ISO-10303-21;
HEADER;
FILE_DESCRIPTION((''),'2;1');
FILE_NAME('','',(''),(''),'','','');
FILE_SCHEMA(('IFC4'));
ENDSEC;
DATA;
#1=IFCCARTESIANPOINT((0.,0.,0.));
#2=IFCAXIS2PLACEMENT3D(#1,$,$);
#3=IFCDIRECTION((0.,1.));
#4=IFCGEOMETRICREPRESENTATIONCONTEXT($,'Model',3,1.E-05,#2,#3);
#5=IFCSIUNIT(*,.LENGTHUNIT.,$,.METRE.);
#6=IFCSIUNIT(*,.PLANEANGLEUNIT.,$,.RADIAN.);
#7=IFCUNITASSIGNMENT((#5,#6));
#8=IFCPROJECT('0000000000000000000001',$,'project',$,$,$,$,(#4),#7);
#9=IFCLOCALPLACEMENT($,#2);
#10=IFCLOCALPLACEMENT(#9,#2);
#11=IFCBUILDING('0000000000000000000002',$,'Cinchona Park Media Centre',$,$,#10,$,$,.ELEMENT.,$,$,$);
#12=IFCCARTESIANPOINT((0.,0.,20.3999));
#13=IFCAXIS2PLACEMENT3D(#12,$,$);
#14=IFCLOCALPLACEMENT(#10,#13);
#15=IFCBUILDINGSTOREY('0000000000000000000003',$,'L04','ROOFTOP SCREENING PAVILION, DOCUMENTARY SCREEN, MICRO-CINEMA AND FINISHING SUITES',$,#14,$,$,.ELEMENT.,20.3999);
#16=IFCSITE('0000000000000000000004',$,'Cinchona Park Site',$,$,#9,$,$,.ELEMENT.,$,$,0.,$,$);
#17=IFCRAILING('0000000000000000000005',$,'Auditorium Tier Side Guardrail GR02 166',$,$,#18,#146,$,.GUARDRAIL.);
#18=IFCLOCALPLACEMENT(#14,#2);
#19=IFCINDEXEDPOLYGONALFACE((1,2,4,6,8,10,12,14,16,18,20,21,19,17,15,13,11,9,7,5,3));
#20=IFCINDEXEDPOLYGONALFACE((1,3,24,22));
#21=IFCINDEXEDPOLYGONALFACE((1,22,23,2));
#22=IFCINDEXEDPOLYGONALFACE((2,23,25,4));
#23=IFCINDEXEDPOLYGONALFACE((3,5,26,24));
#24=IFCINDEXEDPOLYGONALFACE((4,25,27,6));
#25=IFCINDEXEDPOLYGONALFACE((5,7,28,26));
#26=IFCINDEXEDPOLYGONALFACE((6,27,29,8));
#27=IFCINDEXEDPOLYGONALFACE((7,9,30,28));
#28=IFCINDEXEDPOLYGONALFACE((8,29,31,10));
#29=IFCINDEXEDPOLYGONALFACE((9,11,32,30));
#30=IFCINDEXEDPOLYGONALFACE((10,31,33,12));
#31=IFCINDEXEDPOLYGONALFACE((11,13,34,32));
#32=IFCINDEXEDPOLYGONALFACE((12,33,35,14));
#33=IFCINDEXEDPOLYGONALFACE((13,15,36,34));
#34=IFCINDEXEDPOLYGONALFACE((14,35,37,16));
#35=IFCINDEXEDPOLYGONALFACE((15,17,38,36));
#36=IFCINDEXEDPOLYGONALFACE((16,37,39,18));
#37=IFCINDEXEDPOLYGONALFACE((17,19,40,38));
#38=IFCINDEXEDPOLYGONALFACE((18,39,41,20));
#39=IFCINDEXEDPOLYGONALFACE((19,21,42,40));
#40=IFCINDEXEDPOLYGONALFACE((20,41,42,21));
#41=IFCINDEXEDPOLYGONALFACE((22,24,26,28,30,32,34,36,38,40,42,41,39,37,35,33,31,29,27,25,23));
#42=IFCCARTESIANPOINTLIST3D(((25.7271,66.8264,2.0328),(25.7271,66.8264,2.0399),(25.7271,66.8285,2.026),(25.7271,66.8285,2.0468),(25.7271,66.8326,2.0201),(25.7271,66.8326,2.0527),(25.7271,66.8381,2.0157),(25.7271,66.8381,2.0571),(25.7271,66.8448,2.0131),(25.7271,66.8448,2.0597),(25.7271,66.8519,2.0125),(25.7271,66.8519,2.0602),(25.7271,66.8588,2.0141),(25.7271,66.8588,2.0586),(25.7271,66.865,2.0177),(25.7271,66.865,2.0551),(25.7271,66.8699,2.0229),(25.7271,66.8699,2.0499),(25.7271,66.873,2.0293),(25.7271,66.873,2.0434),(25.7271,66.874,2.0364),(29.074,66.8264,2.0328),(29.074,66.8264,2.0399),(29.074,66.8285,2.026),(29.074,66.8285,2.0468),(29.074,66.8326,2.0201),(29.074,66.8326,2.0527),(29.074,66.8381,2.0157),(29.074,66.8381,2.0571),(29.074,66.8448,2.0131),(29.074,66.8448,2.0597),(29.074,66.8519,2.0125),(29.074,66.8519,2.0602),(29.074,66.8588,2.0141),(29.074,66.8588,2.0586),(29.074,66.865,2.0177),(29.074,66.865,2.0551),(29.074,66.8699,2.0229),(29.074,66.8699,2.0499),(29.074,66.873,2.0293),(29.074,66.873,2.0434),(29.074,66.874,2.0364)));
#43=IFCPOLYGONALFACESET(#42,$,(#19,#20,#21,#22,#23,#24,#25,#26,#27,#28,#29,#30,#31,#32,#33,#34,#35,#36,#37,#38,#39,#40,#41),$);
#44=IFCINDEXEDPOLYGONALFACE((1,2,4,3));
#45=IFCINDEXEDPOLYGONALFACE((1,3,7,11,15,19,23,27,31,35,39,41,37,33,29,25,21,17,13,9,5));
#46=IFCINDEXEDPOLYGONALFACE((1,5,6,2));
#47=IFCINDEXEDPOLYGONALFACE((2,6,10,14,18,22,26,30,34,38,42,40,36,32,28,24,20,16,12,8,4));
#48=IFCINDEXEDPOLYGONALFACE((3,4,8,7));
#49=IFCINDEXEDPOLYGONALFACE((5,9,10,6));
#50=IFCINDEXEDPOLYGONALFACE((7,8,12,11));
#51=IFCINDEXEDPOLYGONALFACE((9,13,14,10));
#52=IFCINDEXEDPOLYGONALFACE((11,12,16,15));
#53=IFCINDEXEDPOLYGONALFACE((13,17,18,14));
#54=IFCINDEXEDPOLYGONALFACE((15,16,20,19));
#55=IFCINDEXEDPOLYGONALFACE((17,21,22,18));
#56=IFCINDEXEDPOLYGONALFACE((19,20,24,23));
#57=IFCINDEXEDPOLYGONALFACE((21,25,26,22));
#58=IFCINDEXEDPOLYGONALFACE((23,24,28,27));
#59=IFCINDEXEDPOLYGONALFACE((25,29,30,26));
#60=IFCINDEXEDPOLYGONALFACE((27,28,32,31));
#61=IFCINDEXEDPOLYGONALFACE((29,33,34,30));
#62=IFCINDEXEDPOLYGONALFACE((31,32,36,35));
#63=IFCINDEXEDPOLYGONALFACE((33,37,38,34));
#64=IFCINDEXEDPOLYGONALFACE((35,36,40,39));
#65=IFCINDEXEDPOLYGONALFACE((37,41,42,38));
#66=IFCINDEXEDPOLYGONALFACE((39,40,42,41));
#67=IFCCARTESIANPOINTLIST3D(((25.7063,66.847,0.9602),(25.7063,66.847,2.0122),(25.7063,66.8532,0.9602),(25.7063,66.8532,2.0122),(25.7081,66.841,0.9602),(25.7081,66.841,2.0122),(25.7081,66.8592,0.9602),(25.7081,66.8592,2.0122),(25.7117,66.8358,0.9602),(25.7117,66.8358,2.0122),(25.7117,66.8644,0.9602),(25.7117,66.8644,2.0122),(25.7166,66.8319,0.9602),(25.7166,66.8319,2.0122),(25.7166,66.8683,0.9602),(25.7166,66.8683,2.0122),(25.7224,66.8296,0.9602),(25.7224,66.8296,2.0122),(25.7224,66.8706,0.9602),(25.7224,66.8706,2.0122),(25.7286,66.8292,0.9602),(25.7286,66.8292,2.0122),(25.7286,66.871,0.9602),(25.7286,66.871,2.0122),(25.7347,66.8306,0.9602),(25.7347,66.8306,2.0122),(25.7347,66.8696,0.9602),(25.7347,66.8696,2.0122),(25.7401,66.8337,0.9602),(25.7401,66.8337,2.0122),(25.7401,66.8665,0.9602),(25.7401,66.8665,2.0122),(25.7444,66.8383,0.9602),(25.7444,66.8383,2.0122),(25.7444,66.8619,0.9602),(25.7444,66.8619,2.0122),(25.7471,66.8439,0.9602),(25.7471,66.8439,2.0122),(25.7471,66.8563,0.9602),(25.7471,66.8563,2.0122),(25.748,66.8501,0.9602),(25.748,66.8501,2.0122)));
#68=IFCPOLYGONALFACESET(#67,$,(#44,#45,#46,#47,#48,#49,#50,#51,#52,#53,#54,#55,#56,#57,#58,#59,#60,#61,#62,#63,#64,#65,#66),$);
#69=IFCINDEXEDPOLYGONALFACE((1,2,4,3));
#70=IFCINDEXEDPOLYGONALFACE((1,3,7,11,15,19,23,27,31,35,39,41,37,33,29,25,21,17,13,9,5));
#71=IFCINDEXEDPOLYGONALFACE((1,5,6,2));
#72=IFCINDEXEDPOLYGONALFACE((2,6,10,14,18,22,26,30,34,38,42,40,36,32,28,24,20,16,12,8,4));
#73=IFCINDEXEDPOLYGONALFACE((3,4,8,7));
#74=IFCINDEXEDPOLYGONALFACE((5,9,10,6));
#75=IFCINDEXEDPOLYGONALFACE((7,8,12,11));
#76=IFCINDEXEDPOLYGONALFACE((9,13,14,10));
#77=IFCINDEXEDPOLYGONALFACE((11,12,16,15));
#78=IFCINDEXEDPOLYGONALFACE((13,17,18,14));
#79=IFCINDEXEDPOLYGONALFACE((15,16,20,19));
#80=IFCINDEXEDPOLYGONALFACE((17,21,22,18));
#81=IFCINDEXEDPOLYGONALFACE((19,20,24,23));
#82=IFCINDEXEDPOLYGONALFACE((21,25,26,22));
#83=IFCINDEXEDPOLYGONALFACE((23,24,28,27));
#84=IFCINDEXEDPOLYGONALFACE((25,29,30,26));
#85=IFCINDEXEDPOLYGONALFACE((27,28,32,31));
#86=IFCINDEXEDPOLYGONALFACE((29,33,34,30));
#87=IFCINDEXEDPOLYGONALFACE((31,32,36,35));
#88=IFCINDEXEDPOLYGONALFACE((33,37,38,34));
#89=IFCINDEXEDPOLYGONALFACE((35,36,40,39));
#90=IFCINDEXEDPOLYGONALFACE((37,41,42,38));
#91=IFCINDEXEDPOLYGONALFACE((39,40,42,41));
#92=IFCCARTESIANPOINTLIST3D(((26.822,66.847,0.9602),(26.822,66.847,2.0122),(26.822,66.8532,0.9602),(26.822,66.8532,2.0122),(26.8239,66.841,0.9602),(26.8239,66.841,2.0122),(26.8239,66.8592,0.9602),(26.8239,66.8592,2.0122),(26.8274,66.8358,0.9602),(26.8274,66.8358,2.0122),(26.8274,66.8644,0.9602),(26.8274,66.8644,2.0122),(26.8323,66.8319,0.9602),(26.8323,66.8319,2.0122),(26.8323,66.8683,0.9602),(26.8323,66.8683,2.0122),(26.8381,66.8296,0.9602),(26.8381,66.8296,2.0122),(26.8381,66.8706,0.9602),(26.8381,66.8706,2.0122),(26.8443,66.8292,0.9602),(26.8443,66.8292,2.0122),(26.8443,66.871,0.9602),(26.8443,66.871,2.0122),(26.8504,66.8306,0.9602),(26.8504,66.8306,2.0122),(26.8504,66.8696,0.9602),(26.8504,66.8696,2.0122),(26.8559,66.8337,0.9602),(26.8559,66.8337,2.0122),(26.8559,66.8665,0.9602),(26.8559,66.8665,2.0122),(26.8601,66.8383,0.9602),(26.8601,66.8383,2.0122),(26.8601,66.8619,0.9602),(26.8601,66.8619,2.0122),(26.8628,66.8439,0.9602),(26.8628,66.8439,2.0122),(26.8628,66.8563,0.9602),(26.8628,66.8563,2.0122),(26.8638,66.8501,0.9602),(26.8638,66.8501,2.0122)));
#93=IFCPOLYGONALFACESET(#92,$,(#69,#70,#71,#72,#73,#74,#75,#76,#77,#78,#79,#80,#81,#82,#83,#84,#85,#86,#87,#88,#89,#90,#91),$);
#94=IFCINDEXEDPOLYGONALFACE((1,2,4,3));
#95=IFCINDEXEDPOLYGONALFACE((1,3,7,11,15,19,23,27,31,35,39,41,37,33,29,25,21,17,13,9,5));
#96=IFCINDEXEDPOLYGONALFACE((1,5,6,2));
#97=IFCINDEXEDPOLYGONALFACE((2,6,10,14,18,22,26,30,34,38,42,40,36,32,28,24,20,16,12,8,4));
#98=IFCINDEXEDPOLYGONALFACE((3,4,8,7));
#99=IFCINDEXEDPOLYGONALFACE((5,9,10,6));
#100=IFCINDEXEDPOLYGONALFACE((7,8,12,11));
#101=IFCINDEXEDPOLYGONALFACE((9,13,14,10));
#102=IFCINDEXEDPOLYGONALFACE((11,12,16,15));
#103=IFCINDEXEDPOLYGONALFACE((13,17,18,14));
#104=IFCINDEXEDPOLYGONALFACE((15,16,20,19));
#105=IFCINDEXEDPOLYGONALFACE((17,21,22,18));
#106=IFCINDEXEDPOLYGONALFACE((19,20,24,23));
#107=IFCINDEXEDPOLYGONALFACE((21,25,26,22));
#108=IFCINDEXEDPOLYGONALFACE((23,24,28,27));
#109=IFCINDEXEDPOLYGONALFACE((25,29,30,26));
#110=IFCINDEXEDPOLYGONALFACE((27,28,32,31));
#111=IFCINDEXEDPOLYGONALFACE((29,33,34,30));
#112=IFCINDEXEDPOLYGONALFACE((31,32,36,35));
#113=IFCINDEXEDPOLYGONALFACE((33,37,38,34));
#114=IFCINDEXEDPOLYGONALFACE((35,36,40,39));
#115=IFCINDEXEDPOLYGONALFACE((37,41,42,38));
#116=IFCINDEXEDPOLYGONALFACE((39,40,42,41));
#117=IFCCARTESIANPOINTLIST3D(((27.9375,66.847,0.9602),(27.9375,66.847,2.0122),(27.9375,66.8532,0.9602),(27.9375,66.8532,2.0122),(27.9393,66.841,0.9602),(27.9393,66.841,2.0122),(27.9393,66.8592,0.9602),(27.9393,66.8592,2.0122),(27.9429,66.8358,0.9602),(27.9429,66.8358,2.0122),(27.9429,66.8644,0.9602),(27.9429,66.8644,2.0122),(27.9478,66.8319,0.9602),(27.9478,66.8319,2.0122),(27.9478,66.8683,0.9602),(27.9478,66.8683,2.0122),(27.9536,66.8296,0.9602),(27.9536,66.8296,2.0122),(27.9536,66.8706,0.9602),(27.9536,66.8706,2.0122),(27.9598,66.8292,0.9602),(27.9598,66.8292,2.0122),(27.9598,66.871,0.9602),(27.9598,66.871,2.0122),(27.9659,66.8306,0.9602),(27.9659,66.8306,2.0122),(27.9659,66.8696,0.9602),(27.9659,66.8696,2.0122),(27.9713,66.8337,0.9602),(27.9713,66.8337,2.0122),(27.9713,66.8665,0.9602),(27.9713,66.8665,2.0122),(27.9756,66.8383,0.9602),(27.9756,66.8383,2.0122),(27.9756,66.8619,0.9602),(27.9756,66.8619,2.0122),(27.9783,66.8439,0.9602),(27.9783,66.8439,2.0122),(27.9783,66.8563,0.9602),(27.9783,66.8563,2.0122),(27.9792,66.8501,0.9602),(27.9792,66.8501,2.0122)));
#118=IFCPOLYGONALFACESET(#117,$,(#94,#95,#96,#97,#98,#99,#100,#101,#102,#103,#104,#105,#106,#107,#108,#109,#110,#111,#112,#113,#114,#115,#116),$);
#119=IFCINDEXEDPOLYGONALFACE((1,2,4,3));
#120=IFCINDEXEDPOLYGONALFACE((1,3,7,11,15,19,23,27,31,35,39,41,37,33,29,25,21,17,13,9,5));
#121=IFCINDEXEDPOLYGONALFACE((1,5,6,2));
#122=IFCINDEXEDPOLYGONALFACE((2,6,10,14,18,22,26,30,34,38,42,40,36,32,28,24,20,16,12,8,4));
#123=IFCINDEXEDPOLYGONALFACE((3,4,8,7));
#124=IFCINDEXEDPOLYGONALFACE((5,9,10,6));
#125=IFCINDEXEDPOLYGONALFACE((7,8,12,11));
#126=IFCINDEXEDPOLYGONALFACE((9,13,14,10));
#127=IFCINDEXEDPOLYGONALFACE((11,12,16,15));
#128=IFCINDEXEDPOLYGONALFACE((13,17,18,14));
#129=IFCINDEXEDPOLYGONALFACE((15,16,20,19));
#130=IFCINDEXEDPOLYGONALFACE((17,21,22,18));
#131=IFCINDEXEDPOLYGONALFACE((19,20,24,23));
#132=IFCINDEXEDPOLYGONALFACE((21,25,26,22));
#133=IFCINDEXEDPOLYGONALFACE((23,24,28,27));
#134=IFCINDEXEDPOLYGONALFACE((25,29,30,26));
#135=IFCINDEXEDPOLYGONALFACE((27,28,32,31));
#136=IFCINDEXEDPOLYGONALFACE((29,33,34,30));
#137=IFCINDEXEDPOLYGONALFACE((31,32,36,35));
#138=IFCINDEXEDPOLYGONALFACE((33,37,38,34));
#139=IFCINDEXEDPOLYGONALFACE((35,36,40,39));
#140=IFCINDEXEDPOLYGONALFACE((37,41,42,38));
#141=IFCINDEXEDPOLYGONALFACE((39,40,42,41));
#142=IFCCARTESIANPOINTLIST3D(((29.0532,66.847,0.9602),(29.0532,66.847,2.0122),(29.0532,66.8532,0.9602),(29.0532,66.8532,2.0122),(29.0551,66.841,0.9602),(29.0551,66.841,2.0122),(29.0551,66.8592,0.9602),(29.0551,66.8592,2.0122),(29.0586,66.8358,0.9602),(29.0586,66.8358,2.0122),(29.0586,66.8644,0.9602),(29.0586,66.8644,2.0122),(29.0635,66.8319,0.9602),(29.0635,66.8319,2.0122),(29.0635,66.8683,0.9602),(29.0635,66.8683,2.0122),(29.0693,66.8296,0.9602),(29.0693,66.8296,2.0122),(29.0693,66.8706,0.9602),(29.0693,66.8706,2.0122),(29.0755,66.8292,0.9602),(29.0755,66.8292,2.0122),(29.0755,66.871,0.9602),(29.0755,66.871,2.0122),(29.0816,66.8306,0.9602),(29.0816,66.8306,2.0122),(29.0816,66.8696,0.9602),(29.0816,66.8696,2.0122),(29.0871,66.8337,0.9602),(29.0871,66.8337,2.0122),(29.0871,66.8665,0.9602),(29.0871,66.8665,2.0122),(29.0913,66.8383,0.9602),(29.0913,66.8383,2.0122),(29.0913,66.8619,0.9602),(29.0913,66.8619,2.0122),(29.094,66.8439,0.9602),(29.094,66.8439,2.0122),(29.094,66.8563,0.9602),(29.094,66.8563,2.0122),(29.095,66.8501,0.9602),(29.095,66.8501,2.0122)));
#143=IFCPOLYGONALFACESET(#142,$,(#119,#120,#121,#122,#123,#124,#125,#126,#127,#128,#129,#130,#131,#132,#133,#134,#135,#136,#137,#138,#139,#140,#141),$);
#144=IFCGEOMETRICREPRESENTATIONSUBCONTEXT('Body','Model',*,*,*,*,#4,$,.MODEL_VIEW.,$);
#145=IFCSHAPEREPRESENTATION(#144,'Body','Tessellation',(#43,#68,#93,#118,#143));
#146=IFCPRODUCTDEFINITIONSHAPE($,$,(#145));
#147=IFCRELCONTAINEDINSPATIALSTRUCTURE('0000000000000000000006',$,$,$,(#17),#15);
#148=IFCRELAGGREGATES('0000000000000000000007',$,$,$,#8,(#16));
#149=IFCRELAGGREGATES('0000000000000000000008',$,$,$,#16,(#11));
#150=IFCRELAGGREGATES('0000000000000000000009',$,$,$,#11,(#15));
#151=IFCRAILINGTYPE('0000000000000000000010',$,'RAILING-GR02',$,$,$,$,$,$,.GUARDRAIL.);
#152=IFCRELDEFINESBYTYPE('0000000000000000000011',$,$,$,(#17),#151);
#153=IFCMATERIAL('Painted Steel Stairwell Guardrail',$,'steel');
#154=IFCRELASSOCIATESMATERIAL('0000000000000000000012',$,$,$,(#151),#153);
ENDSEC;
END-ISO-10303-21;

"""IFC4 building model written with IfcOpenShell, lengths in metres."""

from ifc_helpers import new_model, si_unit, direction, frame, origin, origin_2d, place, context, subcontext, project, spatial, circle, extrude, material, type_object, element, save


model = new_model("IFC4")

# Units and contexts
model_context = context("Model", 3, precision=1e-05, world=origin(), true_north=direction((0.0, 1.0)))
body_context = subcontext(model_context, "Body", "Model", "MODEL_VIEW")
ifc_project = project(units=[si_unit("LENGTHUNIT", "METRE"), si_unit("PLANEANGLEUNIT", "RADIAN")], contexts=[model_context])

# Site, building, storey
site_placement = place(None, origin())
site = spatial("IfcSite", under=ifc_project, at=site_placement, Name="Cinchona Park Site", CompositionType="ELEMENT", RefElevation=0.0)
building_placement = place(site_placement, origin())
building = spatial("IfcBuilding", under=site, at=building_placement, Name="Cinchona Park Media Centre", CompositionType="ELEMENT")
storey_placement = place(building_placement, frame((0.0, 0.0, 20.3999)))
storey = spatial("IfcBuildingStorey", under=building, at=storey_placement, Name="L04", Description="ROOFTOP SCREENING PAVILION, DOCUMENTARY SCREEN, MICRO-CINEMA AND FINISHING SUITES", CompositionType="ELEMENT", Elevation=20.3999)

# Railing
ifc_material_1 = material(Name="Painted Steel Stairwell Guardrail", Category="steel")
railing_type_1 = type_object("IfcRailingType", Name="RAILING-GR02", PredefinedType="GUARDRAIL", material=ifc_material_1)
railing_1_placement = place(storey_placement, frame((25.7271, 66.8501, 0.9602)))
element("IfcRailing", 1, at=railing_1_placement, inside=storey, type_object=railing_type_1, Name="Auditorium Tier Side Guardrail GR02 166", PredefinedType="GUARDRAIL", context=body_context, shape_type="SweptSolid", body=[
    extrude(circle(Radius=0.0239, at=origin_2d()), frame((0.0, 0.0, 1.0762), z_axis=(1.0, 0.0, 0.0), x_axis=(0.0, 1.0, 0.0)), (0.0, 0.0, 1.0), 3.3469),
    extrude(circle(Radius=0.021, at=origin_2d()), origin(), (0.0, 0.0, 1.0), 1.052),
    extrude(circle(Radius=0.021, at=origin_2d()), frame((1.1157, 0.0, 0.0)), (0.0, 0.0, 1.0), 1.052),
    extrude(circle(Radius=0.021, at=origin_2d()), frame((2.2312, 0.0, 0.0)), (0.0, 0.0, 1.0), 1.052),
    extrude(circle(Radius=0.021, at=origin_2d()), frame((3.3469, 0.0, 0.0)), (0.0, 0.0, 1.0), 1.052),
])

save(model, "model.ifc")
